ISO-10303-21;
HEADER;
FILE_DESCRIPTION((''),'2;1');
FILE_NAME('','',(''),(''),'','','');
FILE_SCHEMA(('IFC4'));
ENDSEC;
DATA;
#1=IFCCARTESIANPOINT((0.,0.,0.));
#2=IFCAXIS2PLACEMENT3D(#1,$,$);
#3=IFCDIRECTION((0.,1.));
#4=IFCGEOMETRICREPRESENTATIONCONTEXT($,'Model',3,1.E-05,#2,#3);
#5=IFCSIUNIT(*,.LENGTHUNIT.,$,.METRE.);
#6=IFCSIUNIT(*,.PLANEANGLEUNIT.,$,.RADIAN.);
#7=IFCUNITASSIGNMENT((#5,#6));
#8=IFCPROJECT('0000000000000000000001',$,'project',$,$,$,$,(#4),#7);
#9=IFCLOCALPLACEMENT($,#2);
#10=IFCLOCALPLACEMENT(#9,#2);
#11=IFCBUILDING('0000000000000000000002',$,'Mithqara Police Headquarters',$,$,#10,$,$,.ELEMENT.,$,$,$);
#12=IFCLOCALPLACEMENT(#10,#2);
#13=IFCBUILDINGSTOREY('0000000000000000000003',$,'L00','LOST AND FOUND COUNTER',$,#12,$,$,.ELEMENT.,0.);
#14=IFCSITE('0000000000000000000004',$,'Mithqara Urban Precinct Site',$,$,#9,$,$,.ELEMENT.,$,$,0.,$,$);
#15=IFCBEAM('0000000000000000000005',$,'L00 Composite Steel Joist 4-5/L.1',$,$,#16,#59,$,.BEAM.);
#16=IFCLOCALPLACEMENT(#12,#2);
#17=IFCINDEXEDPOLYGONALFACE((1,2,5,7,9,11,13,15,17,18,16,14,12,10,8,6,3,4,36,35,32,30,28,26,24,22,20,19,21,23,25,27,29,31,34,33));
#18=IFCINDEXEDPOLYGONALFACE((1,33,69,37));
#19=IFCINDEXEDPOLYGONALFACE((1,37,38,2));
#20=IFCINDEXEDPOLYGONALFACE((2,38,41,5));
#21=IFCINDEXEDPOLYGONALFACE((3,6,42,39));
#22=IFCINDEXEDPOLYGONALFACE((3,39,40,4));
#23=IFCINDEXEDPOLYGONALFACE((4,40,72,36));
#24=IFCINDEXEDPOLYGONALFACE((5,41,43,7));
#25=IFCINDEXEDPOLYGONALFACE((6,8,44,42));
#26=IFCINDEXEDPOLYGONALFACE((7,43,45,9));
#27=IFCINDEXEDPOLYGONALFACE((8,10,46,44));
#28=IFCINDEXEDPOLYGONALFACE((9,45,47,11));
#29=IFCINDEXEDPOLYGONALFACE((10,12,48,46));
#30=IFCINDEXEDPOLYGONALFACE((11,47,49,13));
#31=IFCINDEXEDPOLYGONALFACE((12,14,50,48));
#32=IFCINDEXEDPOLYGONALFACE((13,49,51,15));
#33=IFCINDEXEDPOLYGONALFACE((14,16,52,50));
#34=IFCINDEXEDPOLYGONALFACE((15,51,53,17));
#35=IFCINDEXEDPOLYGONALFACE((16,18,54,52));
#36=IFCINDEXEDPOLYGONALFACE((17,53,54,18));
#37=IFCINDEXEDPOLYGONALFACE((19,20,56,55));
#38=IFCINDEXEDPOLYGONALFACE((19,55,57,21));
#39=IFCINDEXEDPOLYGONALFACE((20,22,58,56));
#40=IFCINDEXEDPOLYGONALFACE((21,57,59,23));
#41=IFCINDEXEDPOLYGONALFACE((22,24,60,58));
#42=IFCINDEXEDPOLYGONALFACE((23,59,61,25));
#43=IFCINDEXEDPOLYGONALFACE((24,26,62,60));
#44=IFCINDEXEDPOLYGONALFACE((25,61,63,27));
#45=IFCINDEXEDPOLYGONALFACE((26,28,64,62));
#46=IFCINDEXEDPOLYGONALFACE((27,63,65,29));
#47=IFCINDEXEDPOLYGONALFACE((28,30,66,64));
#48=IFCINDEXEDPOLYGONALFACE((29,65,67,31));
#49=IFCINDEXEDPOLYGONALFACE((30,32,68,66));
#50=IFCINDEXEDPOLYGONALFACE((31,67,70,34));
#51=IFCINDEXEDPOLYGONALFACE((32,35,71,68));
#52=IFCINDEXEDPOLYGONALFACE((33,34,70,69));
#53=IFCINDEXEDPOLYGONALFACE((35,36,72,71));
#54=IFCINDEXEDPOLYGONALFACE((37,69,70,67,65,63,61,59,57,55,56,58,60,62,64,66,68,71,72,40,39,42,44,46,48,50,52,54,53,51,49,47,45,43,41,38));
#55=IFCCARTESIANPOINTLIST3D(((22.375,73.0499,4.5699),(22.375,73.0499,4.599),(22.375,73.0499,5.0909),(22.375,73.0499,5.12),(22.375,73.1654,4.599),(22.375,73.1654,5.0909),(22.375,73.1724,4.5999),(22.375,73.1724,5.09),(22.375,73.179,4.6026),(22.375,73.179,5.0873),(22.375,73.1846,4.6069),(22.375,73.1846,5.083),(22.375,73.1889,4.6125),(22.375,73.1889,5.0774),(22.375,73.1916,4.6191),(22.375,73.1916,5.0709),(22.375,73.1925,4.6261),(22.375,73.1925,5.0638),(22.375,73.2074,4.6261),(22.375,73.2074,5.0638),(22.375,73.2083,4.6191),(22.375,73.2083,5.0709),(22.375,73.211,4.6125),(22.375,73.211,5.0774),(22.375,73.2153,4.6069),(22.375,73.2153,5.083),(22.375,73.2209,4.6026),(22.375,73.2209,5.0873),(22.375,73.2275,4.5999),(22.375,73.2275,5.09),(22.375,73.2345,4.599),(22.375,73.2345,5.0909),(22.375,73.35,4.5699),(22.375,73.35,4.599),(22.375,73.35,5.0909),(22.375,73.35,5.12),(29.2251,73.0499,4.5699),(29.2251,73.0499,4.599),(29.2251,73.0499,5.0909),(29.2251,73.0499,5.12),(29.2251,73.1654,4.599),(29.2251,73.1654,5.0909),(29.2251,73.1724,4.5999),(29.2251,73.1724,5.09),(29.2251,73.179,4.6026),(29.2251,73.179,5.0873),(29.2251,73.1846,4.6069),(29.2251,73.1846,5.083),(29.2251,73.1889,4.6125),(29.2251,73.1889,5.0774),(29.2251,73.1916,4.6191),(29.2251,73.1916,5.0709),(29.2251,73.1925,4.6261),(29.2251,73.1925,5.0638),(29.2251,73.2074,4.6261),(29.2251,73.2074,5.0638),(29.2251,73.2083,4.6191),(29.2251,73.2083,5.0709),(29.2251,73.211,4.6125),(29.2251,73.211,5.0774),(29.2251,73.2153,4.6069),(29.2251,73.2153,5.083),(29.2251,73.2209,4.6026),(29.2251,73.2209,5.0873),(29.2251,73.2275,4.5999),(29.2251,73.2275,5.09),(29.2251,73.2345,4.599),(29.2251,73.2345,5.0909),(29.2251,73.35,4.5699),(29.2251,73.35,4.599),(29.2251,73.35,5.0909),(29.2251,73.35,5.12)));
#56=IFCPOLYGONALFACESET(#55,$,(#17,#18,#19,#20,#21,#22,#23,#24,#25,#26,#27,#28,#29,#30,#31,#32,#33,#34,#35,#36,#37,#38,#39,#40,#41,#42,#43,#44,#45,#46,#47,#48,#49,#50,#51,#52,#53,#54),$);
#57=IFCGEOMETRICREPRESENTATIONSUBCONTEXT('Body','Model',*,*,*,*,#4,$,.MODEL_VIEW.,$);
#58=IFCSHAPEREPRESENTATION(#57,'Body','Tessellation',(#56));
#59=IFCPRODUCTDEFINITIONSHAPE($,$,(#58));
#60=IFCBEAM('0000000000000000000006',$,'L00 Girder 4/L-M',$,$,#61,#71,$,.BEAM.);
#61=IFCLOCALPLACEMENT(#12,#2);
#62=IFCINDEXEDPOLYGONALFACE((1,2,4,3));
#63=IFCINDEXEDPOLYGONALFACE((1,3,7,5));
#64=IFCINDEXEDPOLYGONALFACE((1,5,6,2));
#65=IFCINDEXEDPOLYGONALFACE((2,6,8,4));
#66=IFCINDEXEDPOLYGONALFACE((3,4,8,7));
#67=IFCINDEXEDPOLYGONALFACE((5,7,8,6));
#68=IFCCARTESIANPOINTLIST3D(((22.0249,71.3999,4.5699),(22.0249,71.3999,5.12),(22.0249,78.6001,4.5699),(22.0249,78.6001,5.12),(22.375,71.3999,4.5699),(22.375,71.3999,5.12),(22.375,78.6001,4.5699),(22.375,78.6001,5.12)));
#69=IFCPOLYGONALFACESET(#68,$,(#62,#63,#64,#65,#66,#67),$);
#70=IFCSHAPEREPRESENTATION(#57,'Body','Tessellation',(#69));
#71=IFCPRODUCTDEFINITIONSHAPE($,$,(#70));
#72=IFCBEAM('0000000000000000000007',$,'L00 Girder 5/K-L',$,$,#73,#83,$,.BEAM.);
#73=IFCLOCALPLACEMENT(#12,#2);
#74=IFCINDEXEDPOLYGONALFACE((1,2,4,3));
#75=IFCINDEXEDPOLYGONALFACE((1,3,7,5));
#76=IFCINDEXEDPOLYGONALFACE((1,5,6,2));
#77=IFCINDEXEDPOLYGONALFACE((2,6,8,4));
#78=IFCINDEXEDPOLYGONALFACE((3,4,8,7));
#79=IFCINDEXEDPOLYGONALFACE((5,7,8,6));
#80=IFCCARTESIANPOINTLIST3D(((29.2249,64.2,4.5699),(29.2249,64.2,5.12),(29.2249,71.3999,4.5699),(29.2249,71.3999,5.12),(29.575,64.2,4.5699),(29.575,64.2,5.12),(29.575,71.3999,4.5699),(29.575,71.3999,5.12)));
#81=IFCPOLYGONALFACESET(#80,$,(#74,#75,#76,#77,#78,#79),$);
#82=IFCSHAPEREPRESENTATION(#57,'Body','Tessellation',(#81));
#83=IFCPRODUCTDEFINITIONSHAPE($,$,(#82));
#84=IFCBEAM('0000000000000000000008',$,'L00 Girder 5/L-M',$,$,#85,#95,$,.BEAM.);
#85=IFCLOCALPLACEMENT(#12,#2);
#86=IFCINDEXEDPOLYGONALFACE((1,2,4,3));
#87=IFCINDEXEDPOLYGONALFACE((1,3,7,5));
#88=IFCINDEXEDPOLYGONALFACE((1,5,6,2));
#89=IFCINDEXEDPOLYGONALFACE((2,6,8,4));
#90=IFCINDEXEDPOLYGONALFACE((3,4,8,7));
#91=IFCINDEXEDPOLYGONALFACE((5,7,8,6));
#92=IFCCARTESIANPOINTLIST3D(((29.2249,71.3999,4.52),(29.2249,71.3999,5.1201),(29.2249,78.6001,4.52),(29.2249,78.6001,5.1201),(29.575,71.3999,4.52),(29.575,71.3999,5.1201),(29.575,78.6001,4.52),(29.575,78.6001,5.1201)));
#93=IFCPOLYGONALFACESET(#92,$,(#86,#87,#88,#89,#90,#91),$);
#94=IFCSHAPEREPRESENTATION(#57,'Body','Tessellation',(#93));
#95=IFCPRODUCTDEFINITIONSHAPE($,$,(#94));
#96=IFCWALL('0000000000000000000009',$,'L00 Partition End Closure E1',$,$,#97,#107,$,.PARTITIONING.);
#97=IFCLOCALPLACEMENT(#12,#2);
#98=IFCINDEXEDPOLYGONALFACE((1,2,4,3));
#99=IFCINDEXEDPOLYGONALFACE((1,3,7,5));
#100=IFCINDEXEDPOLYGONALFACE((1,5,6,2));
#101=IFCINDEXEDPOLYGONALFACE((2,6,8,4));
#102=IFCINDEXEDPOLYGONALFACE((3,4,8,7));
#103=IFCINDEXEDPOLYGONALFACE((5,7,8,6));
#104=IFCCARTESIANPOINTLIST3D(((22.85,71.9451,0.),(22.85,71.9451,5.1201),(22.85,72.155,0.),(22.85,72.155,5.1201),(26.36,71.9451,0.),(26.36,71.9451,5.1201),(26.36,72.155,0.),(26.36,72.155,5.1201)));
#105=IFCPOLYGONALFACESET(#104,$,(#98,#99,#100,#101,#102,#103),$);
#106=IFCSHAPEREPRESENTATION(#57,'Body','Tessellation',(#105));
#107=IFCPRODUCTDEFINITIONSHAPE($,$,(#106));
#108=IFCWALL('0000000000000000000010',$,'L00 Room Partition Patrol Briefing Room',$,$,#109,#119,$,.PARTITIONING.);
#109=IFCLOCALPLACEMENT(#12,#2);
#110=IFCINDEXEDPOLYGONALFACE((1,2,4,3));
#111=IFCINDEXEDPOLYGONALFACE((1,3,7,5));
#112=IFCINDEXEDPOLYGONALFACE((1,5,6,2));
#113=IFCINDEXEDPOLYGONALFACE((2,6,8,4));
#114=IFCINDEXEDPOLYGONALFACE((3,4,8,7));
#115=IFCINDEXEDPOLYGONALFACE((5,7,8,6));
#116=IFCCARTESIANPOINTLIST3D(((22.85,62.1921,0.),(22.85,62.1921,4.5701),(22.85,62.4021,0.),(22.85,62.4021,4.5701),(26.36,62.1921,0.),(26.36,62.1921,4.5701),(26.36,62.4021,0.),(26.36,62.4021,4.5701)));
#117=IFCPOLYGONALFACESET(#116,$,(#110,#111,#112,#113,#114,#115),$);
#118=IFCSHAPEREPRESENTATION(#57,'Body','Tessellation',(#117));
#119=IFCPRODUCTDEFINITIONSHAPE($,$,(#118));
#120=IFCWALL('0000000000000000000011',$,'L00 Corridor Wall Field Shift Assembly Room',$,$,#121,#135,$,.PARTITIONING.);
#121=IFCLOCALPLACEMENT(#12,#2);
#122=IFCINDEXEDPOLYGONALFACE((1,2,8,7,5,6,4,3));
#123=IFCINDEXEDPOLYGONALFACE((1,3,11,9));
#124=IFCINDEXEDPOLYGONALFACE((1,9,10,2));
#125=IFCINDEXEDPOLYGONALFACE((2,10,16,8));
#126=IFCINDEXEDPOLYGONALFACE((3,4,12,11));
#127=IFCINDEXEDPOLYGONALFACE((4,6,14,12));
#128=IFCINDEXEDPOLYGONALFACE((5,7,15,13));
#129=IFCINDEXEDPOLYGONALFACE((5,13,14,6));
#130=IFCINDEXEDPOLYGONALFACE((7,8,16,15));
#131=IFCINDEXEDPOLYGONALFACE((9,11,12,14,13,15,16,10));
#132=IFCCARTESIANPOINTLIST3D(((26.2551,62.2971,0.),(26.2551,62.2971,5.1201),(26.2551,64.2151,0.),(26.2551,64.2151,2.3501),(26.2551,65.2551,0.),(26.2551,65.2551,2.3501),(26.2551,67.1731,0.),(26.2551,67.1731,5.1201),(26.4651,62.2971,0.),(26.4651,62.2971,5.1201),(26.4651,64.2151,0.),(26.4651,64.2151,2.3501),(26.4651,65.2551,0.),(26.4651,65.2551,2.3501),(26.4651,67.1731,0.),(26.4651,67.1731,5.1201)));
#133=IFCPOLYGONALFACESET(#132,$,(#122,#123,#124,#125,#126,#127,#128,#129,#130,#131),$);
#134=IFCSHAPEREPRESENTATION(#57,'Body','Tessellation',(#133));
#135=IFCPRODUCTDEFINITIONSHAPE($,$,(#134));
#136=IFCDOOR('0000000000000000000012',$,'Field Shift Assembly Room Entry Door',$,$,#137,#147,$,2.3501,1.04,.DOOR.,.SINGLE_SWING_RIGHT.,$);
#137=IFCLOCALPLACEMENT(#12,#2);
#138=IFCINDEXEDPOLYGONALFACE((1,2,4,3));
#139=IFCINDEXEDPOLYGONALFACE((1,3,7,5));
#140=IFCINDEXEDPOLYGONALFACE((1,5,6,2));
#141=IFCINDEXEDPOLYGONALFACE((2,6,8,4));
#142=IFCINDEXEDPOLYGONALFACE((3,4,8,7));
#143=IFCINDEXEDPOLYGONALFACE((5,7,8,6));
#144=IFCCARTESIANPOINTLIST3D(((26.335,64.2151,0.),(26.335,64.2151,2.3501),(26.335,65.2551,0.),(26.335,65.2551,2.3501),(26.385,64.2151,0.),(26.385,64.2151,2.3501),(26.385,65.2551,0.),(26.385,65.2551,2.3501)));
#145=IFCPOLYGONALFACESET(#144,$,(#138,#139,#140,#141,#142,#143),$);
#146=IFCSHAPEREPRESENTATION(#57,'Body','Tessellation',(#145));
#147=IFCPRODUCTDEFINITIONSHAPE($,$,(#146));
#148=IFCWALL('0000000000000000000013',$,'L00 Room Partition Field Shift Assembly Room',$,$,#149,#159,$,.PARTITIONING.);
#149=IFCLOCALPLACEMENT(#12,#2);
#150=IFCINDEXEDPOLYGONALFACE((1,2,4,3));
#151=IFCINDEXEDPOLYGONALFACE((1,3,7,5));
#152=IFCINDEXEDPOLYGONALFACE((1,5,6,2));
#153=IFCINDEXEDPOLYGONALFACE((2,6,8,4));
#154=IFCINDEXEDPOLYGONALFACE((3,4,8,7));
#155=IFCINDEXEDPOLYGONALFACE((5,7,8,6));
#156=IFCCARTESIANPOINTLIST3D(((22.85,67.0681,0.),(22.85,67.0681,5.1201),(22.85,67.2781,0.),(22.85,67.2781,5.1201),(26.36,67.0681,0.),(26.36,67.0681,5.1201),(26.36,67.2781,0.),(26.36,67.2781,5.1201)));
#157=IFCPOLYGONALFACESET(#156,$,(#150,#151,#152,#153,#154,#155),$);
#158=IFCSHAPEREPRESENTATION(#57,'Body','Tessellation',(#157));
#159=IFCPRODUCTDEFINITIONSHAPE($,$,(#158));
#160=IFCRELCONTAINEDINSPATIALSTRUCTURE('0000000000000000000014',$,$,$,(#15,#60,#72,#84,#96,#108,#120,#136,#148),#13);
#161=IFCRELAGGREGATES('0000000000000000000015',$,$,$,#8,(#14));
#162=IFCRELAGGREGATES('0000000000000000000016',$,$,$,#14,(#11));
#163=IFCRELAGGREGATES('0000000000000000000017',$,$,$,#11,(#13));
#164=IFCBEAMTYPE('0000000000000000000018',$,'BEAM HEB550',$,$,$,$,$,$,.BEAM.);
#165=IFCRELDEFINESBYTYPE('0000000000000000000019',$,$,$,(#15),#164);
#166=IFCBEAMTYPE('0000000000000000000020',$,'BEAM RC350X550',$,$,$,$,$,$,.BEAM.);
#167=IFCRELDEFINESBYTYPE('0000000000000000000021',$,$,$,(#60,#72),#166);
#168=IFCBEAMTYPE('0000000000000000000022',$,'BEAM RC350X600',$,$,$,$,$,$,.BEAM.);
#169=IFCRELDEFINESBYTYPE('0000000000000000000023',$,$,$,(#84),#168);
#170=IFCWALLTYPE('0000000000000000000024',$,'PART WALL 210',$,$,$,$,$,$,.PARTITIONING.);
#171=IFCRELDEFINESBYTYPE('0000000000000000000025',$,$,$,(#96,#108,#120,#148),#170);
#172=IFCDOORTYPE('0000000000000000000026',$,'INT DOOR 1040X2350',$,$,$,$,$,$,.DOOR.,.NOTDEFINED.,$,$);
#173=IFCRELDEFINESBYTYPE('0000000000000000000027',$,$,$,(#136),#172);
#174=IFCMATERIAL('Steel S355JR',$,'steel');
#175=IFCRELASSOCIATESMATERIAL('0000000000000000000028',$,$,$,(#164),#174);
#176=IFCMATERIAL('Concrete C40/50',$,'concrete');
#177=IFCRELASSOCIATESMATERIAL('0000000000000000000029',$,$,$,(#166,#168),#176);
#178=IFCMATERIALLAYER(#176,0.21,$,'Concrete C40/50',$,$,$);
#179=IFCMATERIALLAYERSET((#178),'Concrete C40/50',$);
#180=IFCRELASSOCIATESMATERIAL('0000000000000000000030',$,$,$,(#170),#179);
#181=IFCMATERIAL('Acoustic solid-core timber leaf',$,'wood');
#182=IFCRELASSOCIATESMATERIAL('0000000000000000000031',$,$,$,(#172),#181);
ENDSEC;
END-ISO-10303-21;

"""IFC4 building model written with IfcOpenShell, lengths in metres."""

from ifc_helpers import new_model, si_unit, direction, frame, frame_2d, origin, origin_2d, place, context, subcontext, project, spatial, rectangle, i_section, extrude, material, layer, layer_set, material_profile, profile_set, type_object, element, fill, save


model = new_model("IFC4")

# Units and contexts
model_context = context("Model", 3, precision=1e-05, world=origin(), true_north=direction((0.0, 1.0)))
body_context = subcontext(model_context, "Body", "Model", "MODEL_VIEW")
ifc_project = project(units=[si_unit("LENGTHUNIT", "METRE"), si_unit("PLANEANGLEUNIT", "RADIAN")], contexts=[model_context])

# Site, building, storey
site_placement = place(None, origin())
site = spatial("IfcSite", under=ifc_project, at=site_placement, Name="Mithqara Urban Precinct Site", CompositionType="ELEMENT", RefElevation=0.0)
building_placement = place(site_placement, origin())
building = spatial("IfcBuilding", under=site, at=building_placement, Name="Mithqara Police Headquarters", CompositionType="ELEMENT")
storey_placement = place(building_placement, origin())
storey = spatial("IfcBuildingStorey", under=building, at=storey_placement, Name="L00", Description="LOST AND FOUND COUNTER", CompositionType="ELEMENT", Elevation=0.0)

# Beams
ifc_material_1 = material(Name="Steel S355JR", Category="steel")
ifc_material_profile_1 = material_profile(ifc_material_1, i_section(OverallWidth=0.3, OverallDepth=0.55, WebThickness=0.0149, FlangeThickness=0.0291, FilletRadius=0.0271, at=origin_2d()), Name="HEB 550")
ifc_profile_set_1 = profile_set([ifc_material_profile_1], Name="Steel S355JR")
beam_type_1 = type_object("IfcBeamType", Name="BEAM HEB550", PredefinedType="BEAM", material=ifc_profile_set_1)
beam_1_placement = place(storey_placement, frame((22.375, 73.2, 4.845), z_axis=(1.0, 0.0, 0.0), x_axis=(0.0, 1.0, 0.0)))
element("IfcBeam", 1, at=beam_1_placement, inside=storey, type_object=beam_type_1, Name="L00 Composite Steel Joist 4-5/L.1", PredefinedType="BEAM", context=body_context, shape_type="SweptSolid", body=[
    extrude(i_section(OverallWidth=0.3, OverallDepth=0.55, WebThickness=0.0149, FlangeThickness=0.0291, FilletRadius=0.0271, at=origin_2d()), origin(), (0.0, 0.0, 1.0), 6.8501),
])
ifc_material_2 = material(Name="Concrete C40/50", Category="concrete")
ifc_material_profile_2 = material_profile(ifc_material_2, rectangle(XDim=0.3501, YDim=0.55, at=origin_2d()), Name="RC 350x550")
ifc_profile_set_2 = profile_set([ifc_material_profile_2], Name="Concrete C40/50")
beam_type_2 = type_object("IfcBeamType", Name="BEAM RC350X550", PredefinedType="BEAM", material=ifc_profile_set_2)
beam_2_placement = place(storey_placement, frame((22.2, 71.3999, 4.845), z_axis=(0.0, 1.0, 0.0), x_axis=(-1.0, 0.0, 0.0)))
element("IfcBeam", 2, at=beam_2_placement, inside=storey, type_object=beam_type_2, Name="L00 Girder 4/L-M", PredefinedType="BEAM", context=body_context, shape_type="SweptSolid", body=[
    extrude(rectangle(XDim=0.3501, YDim=0.55, at=origin_2d()), origin(), (0.0, 0.0, 1.0), 7.2002),
])
beam_3_placement = place(storey_placement, frame((29.3999, 64.2, 4.845), z_axis=(0.0, 1.0, 0.0), x_axis=(-1.0, 0.0, 0.0)))
element("IfcBeam", 3, at=beam_3_placement, inside=storey, type_object=beam_type_2, Name="L00 Girder 5/K-L", PredefinedType="BEAM", context=body_context, shape_type="SweptSolid", body=[
    extrude(rectangle(XDim=0.3501, YDim=0.55, at=origin_2d()), origin(), (0.0, 0.0, 1.0), 7.2),
])
ifc_material_profile_3 = material_profile(ifc_material_2, rectangle(XDim=0.3501, YDim=0.6001, at=origin_2d()), Name="RC 350x600")
ifc_profile_set_3 = profile_set([ifc_material_profile_3], Name="Concrete C40/50")
beam_type_3 = type_object("IfcBeamType", Name="BEAM RC350X600", PredefinedType="BEAM", material=ifc_profile_set_3)
beam_4_placement = place(storey_placement, frame((29.3999, 71.3999, 4.8201), z_axis=(0.0, 1.0, 0.0), x_axis=(-1.0, 0.0, 0.0)))
element("IfcBeam", 4, at=beam_4_placement, inside=storey, type_object=beam_type_3, Name="L00 Girder 5/L-M", PredefinedType="BEAM", context=body_context, shape_type="SweptSolid", body=[
    extrude(rectangle(XDim=0.3501, YDim=0.6001, at=origin_2d()), origin(), (0.0, 0.0, 1.0), 7.2002),
])

# Walls
ifc_layer_1 = layer(ifc_material_2, 0.21, Name="Concrete C40/50")
ifc_layer_set_1 = layer_set([ifc_layer_1], Name="Concrete C40/50")
wall_type = type_object("IfcWallType", Name="PART WALL 210", PredefinedType="PARTITIONING", material=ifc_layer_set_1)
wall_1_placement = place(storey_placement, frame((22.8501, 72.05, 0.0), z_axis=(0.0, 0.0, 1.0), x_axis=(1.0, 0.0, 0.0)))
element("IfcWall", 5, at=wall_1_placement, inside=storey, type_object=wall_type, Name="L00 Partition End Closure E1", PredefinedType="PARTITIONING", context=body_context, shape_type="SweptSolid", body=[
    extrude(rectangle(XDim=3.51, YDim=0.21, at=frame_2d((1.7549, 0.0))), origin(), (0.0, 0.0, 1.0), 5.1201),
])
wall_2_placement = place(storey_placement, frame((22.8501, 62.2971, 0.0), z_axis=(0.0, 0.0, 1.0), x_axis=(1.0, 0.0, 0.0)))
element("IfcWall", 6, at=wall_2_placement, inside=storey, type_object=wall_type, Name="L00 Room Partition Patrol Briefing Room", PredefinedType="PARTITIONING", context=body_context, shape_type="SweptSolid", body=[
    extrude(rectangle(XDim=3.51, YDim=0.21, at=frame_2d((1.7549, 0.0))), origin(), (0.0, 0.0, 1.0), 4.5701),
])

# Wall, opening, door
wall_3_placement = place(storey_placement, frame((26.3601, 62.2971, 0.0), z_axis=(0.0, 0.0, 1.0), x_axis=(0.0, 1.0, 0.0)))
wall_3 = element("IfcWall", 7, at=wall_3_placement, inside=storey, type_object=wall_type, Name="L00 Corridor Wall Field Shift Assembly Room", PredefinedType="PARTITIONING", context=body_context, shape_type="SweptSolid", body=[
    extrude(rectangle(XDim=4.876, YDim=0.21, at=frame_2d((2.438, 0.0))), origin(), (0.0, 0.0, 1.0), 5.1201),
])
opening_1_placement = place(wall_3_placement, frame((1.918, 0.0, 0.0)))
opening_1 = element("IfcOpeningElement", 8, at=opening_1_placement, cuts=wall_3, PredefinedType="OPENING", context=body_context, shape_type="SweptSolid", body=[
    extrude(rectangle(XDim=1.04, YDim=2.3501, at=frame_2d((0.52, 1.175))), frame((0.0, 0.115, 0.0), z_axis=(0.0, -1.0, 0.0), x_axis=(1.0, 0.0, 0.0)), (0.0, 0.0, 1.0), 0.23),
])
ifc_material_3 = material(Name="Acoustic solid-core timber leaf", Category="wood")
door_type_1 = type_object("IfcDoorType", Name="INT DOOR 1040X2350", OperationType="NOTDEFINED", PredefinedType="DOOR", material=ifc_material_3)
door_1_placement = place(opening_1_placement, frame((1.04, 0.0, 0.0), z_axis=(0.0, 0.0, 1.0), x_axis=(-1.0, 0.0, 0.0)))
door_1 = element("IfcDoor", 9, at=door_1_placement, inside=storey, type_object=door_type_1, Name="Field Shift Assembly Room Entry Door", OperationType="SINGLE_SWING_RIGHT", OverallHeight=2.3501, OverallWidth=1.04, PredefinedType="DOOR", context=body_context, shape_type="SweptSolid", body=[
    extrude(rectangle(XDim=1.04, YDim=2.3501, at=frame_2d((0.52, 1.175))), frame((0.0, 0.0249, 0.0), z_axis=(0.0, -1.0, 0.0), x_axis=(1.0, 0.0, 0.0)), (0.0, 0.0, 1.0), 0.05),
])
fill(opening_1, door_1)

# Wall
wall_4_placement = place(storey_placement, frame((22.8501, 67.1731, 0.0), z_axis=(0.0, 0.0, 1.0), x_axis=(1.0, 0.0, 0.0)))
element("IfcWall", 10, at=wall_4_placement, inside=storey, type_object=wall_type, Name="L00 Room Partition Field Shift Assembly Room", PredefinedType="PARTITIONING", context=body_context, shape_type="SweptSolid", body=[
    extrude(rectangle(XDim=3.51, YDim=0.21, at=frame_2d((1.7549, 0.0))), origin(), (0.0, 0.0, 1.0), 5.1201),
])

save(model, "model.ifc")
